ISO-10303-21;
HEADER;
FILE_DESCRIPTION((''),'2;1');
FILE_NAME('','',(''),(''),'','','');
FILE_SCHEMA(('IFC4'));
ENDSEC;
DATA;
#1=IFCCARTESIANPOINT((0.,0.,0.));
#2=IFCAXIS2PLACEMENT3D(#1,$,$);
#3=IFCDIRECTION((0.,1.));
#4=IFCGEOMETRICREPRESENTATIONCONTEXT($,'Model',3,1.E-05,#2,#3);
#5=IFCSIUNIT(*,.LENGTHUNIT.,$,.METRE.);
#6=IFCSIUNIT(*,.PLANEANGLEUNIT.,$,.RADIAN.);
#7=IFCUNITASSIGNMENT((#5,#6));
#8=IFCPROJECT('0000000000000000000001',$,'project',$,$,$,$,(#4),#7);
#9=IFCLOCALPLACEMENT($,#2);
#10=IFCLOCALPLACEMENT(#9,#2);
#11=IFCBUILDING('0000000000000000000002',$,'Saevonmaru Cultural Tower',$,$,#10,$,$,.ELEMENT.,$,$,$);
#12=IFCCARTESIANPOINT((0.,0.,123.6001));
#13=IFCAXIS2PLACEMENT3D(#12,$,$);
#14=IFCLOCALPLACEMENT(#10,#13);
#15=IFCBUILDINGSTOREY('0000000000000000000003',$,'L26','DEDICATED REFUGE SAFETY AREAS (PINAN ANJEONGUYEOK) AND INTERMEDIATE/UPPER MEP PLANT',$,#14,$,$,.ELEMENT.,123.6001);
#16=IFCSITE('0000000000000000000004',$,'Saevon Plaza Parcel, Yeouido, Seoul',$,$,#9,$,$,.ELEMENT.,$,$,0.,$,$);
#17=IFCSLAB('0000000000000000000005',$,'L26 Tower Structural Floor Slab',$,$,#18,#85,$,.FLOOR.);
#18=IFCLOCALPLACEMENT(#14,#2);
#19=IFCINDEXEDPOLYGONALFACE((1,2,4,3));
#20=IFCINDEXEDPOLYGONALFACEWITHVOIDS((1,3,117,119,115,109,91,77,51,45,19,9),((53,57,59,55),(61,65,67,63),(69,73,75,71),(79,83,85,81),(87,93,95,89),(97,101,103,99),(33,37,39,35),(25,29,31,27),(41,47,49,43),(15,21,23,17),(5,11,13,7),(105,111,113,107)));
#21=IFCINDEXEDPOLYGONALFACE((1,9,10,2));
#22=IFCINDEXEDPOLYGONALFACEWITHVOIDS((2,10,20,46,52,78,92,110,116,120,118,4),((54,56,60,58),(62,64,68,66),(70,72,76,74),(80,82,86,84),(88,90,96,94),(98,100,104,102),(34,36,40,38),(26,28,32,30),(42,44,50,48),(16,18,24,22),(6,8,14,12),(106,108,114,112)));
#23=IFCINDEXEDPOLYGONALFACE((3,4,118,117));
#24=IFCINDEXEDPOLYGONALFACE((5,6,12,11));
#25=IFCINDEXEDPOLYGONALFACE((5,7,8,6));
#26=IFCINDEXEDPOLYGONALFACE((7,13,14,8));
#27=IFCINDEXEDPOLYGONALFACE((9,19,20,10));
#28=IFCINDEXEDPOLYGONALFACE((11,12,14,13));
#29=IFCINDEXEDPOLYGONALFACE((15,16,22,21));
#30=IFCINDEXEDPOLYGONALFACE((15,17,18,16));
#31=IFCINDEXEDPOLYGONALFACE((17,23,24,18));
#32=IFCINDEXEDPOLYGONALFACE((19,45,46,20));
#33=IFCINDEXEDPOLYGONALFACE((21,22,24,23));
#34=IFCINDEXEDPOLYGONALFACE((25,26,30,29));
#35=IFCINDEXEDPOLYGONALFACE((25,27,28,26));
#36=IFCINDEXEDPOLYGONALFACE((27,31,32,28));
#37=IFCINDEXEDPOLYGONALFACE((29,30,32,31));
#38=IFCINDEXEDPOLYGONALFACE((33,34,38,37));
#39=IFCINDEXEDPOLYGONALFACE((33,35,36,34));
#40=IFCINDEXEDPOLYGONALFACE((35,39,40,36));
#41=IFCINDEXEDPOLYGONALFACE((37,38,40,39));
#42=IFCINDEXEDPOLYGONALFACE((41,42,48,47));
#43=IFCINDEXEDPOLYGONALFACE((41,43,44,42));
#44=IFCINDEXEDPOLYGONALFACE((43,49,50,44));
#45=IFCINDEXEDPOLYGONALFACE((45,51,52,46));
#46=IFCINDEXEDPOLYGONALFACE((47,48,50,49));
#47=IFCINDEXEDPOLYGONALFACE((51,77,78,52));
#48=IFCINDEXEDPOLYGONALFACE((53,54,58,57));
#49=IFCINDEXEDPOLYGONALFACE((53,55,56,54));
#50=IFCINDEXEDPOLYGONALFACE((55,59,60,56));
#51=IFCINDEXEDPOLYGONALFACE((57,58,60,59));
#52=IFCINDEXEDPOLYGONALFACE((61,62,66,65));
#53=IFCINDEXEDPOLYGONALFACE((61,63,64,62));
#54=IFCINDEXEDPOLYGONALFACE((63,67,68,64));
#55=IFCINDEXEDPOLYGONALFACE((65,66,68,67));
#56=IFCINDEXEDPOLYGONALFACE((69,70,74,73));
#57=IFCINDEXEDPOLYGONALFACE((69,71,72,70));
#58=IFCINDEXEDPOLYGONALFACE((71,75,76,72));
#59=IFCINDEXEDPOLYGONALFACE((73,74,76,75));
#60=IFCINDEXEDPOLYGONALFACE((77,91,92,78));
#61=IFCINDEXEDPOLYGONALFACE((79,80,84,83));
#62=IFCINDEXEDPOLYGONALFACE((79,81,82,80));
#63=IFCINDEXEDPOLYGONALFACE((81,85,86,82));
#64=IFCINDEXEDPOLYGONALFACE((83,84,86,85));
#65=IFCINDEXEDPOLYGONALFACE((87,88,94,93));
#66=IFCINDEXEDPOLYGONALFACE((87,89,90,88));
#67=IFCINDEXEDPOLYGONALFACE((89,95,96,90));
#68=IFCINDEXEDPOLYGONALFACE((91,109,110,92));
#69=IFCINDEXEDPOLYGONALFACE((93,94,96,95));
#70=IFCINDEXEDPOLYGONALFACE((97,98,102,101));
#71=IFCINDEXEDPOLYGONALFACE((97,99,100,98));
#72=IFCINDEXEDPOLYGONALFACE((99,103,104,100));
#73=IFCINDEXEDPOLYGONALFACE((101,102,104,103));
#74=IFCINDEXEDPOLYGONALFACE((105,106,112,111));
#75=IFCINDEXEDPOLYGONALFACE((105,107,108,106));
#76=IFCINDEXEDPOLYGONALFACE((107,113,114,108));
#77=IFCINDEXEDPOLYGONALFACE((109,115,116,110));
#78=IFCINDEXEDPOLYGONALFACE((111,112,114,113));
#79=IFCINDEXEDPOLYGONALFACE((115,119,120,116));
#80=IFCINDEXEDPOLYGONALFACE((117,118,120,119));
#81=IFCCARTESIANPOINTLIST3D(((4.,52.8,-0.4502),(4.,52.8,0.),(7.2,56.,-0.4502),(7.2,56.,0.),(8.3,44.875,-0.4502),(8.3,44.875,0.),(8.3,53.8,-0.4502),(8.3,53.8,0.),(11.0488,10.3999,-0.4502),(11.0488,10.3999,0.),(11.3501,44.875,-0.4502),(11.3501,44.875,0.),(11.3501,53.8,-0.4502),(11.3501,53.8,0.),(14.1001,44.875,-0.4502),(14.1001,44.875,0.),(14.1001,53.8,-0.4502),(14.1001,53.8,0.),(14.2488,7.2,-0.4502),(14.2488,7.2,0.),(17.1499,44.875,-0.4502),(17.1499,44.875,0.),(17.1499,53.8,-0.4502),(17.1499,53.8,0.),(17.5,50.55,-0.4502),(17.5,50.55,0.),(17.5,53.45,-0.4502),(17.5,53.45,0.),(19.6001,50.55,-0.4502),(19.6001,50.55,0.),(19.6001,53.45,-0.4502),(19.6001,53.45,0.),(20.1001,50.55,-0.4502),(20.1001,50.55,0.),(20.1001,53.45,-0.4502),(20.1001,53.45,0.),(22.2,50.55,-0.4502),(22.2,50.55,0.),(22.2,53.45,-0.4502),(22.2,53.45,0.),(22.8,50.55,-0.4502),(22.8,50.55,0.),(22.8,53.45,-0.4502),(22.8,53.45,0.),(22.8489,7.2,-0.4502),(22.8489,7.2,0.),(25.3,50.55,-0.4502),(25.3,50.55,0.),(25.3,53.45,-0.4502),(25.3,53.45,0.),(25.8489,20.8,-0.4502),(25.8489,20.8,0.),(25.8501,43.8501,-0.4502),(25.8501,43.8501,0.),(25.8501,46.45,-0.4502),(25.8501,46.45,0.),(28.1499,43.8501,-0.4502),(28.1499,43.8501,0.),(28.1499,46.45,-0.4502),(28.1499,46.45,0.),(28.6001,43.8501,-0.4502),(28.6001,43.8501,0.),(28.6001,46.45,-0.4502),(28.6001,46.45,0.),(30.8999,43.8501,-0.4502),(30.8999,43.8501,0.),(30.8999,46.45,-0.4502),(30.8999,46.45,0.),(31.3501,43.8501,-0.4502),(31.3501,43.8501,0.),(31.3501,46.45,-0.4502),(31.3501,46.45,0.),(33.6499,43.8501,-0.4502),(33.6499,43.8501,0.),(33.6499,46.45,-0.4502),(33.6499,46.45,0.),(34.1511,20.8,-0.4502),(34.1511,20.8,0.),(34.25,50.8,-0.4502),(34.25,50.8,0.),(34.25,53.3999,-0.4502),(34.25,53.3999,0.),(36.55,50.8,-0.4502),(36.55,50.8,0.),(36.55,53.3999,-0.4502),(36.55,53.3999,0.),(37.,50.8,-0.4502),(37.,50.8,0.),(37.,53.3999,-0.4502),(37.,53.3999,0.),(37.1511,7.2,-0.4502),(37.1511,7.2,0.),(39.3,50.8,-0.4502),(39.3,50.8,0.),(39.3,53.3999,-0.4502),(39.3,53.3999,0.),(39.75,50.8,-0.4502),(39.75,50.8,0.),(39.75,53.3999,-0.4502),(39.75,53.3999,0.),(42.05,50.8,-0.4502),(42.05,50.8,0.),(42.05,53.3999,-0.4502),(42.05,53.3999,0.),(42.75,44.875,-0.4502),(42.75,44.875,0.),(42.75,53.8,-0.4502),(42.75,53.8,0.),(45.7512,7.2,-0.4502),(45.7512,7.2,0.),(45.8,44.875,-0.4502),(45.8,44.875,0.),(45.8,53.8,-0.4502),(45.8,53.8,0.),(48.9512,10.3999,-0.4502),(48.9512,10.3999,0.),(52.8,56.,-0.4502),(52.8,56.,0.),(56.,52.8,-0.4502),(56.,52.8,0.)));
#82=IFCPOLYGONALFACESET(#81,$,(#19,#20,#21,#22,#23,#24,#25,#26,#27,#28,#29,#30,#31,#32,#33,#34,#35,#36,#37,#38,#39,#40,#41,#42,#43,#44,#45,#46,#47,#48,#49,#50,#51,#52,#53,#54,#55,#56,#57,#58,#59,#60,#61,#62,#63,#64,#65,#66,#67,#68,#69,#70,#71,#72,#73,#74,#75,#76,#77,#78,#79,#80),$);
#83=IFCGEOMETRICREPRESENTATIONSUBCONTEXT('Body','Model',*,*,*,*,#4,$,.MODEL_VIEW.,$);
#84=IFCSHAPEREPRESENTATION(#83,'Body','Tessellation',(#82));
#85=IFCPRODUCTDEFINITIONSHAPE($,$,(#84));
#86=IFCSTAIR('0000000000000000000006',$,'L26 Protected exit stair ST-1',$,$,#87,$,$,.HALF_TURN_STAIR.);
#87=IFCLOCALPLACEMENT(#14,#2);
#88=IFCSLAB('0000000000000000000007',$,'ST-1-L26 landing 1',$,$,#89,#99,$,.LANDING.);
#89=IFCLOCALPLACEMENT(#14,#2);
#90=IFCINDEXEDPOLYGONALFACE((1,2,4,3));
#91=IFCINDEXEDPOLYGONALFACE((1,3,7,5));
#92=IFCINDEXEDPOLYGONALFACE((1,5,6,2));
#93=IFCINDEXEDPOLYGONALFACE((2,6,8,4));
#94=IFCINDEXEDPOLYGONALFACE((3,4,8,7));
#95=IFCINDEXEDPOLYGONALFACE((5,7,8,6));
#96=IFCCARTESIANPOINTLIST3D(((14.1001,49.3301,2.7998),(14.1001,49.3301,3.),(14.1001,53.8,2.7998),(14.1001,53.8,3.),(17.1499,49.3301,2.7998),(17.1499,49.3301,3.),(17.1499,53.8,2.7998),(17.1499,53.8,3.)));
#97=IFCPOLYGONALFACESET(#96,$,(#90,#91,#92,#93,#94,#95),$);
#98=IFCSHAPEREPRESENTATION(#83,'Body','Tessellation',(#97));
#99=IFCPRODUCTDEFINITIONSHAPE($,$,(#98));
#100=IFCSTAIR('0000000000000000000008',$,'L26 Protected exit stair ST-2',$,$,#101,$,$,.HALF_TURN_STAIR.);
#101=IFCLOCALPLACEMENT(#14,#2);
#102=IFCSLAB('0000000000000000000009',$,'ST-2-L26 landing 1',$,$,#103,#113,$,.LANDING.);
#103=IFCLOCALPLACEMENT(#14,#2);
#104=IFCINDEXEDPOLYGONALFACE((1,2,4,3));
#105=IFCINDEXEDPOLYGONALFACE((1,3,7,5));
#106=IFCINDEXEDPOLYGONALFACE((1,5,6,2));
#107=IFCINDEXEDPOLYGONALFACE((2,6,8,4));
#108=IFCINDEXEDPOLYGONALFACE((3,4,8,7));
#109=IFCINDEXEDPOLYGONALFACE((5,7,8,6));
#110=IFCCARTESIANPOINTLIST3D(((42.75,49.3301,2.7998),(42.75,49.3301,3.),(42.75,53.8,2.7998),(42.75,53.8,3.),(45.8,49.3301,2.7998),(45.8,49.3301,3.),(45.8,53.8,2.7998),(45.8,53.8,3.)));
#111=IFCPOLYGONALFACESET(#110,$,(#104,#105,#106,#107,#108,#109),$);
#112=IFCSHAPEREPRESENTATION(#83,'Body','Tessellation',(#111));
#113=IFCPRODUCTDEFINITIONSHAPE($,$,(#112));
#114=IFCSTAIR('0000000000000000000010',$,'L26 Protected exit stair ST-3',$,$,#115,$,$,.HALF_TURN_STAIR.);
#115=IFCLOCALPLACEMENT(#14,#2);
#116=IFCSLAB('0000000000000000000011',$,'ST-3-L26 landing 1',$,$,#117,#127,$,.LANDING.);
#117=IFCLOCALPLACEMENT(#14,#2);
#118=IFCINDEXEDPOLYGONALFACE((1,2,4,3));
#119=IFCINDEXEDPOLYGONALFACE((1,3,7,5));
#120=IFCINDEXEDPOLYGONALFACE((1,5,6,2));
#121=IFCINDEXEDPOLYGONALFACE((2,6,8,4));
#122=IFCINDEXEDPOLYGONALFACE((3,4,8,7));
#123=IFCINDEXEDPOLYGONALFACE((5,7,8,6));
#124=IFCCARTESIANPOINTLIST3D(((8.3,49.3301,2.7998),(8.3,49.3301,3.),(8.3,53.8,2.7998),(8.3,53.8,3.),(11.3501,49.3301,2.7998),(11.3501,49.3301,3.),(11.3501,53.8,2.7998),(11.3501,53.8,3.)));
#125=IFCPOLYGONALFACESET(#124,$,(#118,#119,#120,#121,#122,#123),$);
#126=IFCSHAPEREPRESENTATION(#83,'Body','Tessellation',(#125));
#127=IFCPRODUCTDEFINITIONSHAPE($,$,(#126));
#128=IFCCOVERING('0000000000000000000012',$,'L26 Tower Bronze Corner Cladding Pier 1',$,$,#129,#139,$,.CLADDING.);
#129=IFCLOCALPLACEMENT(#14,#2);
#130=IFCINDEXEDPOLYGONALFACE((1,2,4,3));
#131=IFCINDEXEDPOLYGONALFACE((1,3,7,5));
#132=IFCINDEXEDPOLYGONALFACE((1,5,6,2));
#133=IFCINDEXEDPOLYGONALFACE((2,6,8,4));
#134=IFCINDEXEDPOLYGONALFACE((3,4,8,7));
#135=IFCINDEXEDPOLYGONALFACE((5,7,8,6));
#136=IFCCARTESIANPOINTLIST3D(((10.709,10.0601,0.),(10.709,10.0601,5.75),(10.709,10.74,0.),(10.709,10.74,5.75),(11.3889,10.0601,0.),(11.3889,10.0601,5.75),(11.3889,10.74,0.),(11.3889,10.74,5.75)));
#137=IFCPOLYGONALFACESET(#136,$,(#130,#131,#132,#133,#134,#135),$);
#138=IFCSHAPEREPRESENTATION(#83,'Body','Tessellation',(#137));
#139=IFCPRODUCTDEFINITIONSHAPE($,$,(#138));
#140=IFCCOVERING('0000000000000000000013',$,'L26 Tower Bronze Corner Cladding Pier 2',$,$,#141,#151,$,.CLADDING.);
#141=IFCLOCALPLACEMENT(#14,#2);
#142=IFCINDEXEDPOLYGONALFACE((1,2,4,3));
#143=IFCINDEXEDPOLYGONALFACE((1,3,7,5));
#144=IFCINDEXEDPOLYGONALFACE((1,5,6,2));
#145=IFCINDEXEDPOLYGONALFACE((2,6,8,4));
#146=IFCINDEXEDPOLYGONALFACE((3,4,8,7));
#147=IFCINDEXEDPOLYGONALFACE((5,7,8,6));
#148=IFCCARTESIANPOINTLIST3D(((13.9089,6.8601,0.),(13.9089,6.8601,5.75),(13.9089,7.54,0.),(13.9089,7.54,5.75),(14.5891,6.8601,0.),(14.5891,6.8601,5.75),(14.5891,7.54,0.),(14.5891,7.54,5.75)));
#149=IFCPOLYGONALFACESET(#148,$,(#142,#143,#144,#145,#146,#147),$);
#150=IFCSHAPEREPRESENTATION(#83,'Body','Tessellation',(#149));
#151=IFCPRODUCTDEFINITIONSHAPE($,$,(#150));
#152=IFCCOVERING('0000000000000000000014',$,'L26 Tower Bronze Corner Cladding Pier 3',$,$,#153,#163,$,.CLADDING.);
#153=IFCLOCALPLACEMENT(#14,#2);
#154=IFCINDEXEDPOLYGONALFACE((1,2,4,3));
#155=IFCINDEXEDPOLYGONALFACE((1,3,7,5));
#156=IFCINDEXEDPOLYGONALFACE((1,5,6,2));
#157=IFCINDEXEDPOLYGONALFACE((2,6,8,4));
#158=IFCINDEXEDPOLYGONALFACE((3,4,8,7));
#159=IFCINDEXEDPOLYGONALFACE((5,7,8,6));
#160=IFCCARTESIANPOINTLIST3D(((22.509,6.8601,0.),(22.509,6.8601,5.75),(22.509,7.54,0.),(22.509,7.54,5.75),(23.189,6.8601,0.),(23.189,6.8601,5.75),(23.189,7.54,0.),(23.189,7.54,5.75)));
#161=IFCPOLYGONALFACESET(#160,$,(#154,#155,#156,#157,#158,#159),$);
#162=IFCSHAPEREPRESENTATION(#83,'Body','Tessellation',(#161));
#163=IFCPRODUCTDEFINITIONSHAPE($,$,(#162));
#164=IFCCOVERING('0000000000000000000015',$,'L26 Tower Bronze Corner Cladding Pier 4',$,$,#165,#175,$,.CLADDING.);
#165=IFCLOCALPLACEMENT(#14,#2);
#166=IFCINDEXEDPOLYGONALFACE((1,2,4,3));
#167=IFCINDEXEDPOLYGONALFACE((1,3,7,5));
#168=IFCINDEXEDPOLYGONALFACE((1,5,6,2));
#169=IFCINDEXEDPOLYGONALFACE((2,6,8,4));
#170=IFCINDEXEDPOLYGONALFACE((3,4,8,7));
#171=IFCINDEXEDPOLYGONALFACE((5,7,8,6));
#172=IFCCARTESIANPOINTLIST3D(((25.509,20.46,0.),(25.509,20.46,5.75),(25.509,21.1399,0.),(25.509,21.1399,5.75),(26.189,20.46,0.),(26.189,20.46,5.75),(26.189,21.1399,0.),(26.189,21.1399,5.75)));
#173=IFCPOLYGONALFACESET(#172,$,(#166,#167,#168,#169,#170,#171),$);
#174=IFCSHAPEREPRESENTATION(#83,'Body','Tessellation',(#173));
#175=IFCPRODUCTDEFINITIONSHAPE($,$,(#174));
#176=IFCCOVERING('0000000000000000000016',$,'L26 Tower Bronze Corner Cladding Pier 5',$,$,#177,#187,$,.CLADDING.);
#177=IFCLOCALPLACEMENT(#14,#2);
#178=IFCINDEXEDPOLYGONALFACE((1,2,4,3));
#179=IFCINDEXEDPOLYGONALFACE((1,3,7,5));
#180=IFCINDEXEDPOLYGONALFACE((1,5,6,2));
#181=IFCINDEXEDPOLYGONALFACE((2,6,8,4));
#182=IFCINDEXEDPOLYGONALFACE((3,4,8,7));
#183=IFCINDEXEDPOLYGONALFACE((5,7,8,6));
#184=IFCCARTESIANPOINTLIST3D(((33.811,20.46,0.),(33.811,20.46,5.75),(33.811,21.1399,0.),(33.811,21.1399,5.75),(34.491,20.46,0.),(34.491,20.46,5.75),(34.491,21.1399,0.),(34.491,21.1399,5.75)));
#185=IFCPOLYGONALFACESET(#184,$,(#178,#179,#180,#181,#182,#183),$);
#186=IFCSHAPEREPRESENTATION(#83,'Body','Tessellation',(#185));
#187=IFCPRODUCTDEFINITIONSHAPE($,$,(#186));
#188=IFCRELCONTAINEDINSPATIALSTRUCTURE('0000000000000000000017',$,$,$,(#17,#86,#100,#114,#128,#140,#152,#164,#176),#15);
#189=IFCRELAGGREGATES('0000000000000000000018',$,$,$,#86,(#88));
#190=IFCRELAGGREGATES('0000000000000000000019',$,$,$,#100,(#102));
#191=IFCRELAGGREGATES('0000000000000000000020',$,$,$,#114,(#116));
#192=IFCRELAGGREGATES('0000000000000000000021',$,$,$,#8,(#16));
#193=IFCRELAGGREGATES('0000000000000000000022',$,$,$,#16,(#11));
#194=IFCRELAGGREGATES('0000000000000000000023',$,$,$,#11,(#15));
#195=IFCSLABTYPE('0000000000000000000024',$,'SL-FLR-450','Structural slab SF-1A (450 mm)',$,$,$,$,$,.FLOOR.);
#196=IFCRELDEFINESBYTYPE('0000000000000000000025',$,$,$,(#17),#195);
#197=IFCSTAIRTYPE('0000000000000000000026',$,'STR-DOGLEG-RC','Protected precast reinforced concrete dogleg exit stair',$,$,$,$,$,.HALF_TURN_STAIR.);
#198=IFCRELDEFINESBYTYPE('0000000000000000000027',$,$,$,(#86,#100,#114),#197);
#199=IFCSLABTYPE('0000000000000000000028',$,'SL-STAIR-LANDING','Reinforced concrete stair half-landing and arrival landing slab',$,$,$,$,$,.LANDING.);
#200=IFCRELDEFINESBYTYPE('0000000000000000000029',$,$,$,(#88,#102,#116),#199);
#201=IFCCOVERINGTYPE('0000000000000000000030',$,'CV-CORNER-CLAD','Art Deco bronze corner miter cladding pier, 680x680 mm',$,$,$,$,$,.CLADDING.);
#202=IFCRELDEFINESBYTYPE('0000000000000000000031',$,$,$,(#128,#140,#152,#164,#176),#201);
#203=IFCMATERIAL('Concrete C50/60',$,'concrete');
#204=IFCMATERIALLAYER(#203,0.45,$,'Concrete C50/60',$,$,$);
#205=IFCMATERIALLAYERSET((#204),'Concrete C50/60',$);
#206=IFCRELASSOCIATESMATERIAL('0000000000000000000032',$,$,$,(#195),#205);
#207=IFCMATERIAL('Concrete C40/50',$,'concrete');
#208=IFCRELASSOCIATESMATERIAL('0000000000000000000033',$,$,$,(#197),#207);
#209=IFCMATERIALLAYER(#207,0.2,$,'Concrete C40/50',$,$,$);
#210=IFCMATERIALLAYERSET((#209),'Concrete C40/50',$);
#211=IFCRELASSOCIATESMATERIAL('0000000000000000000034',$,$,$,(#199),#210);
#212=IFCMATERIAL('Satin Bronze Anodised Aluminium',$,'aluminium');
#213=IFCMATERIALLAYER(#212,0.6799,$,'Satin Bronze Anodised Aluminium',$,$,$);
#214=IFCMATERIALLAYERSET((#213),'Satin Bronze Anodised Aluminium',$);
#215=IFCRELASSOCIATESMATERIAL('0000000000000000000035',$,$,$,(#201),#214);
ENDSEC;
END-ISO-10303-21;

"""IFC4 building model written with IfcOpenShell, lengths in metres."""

from ifc_helpers import new_model, si_unit, direction, frame, origin, place, context, subcontext, project, spatial, polyline, outline, extrude, material, layer, layer_set, type_object, element, aggregate, save


model = new_model("IFC4")

# Units and contexts
model_context = context("Model", 3, precision=1e-05, world=origin(), true_north=direction((0.0, 1.0)))
body_context = subcontext(model_context, "Body", "Model", "MODEL_VIEW")
ifc_project = project(units=[si_unit("LENGTHUNIT", "METRE"), si_unit("PLANEANGLEUNIT", "RADIAN")], contexts=[model_context])

# Site, building, storey
site_placement = place(None, origin())
site = spatial("IfcSite", under=ifc_project, at=site_placement, Name="Saevon Plaza Parcel, Yeouido, Seoul", CompositionType="ELEMENT", RefElevation=0.0)
building_placement = place(site_placement, origin())
building = spatial("IfcBuilding", under=site, at=building_placement, Name="Saevonmaru Cultural Tower", CompositionType="ELEMENT")
storey_placement = place(building_placement, frame((0.0, 0.0, 123.6001)))
storey = spatial("IfcBuildingStorey", under=building, at=storey_placement, Name="L26", Description="DEDICATED REFUGE SAFETY AREAS (PINAN ANJEONGUYEOK) AND INTERMEDIATE/UPPER MEP PLANT", CompositionType="ELEMENT", Elevation=123.6001)

# Shared definitions
ifc_material_1 = material(Name="Satin Bronze Anodised Aluminium", Category="aluminium")

# Slab
ifc_material_2 = material(Name="Concrete C50/60", Category="concrete")
ifc_layer_1 = layer(ifc_material_2, 0.45, Name="Concrete C50/60")
ifc_layer_set_1 = layer_set([ifc_layer_1], Name="Concrete C50/60")
slab_type_1 = type_object("IfcSlabType", Name="SL-FLR-450", Description="Structural slab SF-1A (450 mm)", PredefinedType="FLOOR", material=ifc_layer_set_1)
slab_1_placement = place(storey_placement, frame((0.0, 0.0, -0.4502)))
element("IfcSlab", 1, at=slab_1_placement, inside=storey, type_object=slab_type_1, Name="L26 Tower Structural Floor Slab", PredefinedType="FLOOR", context=body_context, shape_type="SweptSolid", body=[
    extrude(outline(polyline([(11.0488, 10.3999), (14.2488, 7.2), (22.8489, 7.2), (25.8489, 20.8), (34.1511, 20.8), (37.1511, 7.2), (45.7512, 7.2), (48.9512, 10.3999), (56.0, 52.8), (52.8, 56.0), (7.2, 56.0), (4.0, 52.8), (11.0488, 10.3999)]), holes=[polyline([(45.8, 44.875), (42.75, 44.875), (42.75, 53.8), (45.8, 53.8), (45.8, 44.875)]), polyline([(39.75, 50.8), (39.75, 53.3999), (42.05, 53.3999), (42.05, 50.8), (39.75, 50.8)]), polyline([(37.0, 50.8), (37.0, 53.3999), (39.3, 53.3999), (39.3, 50.8), (37.0, 50.8)]), polyline([(36.55, 50.8), (34.25, 50.8), (34.25, 53.3999), (36.55, 53.3999), (36.55, 50.8)]), polyline([(31.3501, 43.8501), (31.3501, 46.45), (33.6499, 46.45), (33.6499, 43.8501), (31.3501, 43.8501)]), polyline([(30.8999, 43.8501), (28.6001, 43.8501), (28.6001, 46.45), (30.8999, 46.45), (30.8999, 43.8501)]), polyline([(28.1499, 43.8501), (25.8501, 43.8501), (25.8501, 46.45), (28.1499, 46.45), (28.1499, 43.8501)]), polyline([(22.8, 50.55), (22.8, 53.45), (25.3, 53.45), (25.3, 50.55), (22.8, 50.55)]), polyline([(20.1001, 50.55), (20.1001, 53.45), (22.2, 53.45), (22.2, 50.55), (20.1001, 50.55)]), polyline([(19.6001, 50.55), (17.5, 50.55), (17.5, 53.45), (19.6001, 53.45), (19.6001, 50.55)]), polyline([(17.1499, 44.875), (14.1001, 44.875), (14.1001, 53.8), (17.1499, 53.8), (17.1499, 44.875)]), polyline([(11.3501, 44.875), (8.3, 44.875), (8.3, 53.8), (11.3501, 53.8), (11.3501, 44.875)])]), origin(), (0.0, 0.0, 1.0), 0.4502),
])

# Stairs, slabs
ifc_material_3 = material(Name="Concrete C40/50", Category="concrete")
stair_type = type_object("IfcStairType", Name="STR-DOGLEG-RC", Description="Protected precast reinforced concrete dogleg exit stair", PredefinedType="HALF_TURN_STAIR", material=ifc_material_3)
stair_1_placement = place(storey_placement, origin())
stair_1 = element("IfcStair", 2, at=stair_1_placement, inside=storey, type_object=stair_type, Name="L26 Protected exit stair ST-1", PredefinedType="HALF_TURN_STAIR")
ifc_layer_2 = layer(ifc_material_3, 0.2, Name="Concrete C40/50")
ifc_layer_set_2 = layer_set([ifc_layer_2], Name="Concrete C40/50")
slab_type_2 = type_object("IfcSlabType", Name="SL-STAIR-LANDING", Description="Reinforced concrete stair half-landing and arrival landing slab", PredefinedType="LANDING", material=ifc_layer_set_2)
slab_2_placement = place(storey_placement, frame((0.0, 0.0, 2.7998)))
slab_2 = element("IfcSlab", 3, at=slab_2_placement, type_object=slab_type_2, Name="ST-1-L26 landing 1", PredefinedType="LANDING", context=body_context, shape_type="SweptSolid", body=[
    extrude(outline(polyline([(17.1499, 49.3301), (17.1499, 53.8), (14.1001, 53.8), (14.1001, 49.3301), (17.1499, 49.3301)])), origin(), (0.0, 0.0, 1.0), 0.2002),
])
aggregate(stair_1, [slab_2])
stair_2_placement = place(storey_placement, origin())
stair_2 = element("IfcStair", 4, at=stair_2_placement, inside=storey, type_object=stair_type, Name="L26 Protected exit stair ST-2", PredefinedType="HALF_TURN_STAIR")
slab_3_placement = place(storey_placement, frame((0.0, 0.0, 2.7998)))
slab_3 = element("IfcSlab", 5, at=slab_3_placement, type_object=slab_type_2, Name="ST-2-L26 landing 1", PredefinedType="LANDING", context=body_context, shape_type="SweptSolid", body=[
    extrude(outline(polyline([(45.8, 49.3301), (45.8, 53.8), (42.75, 53.8), (42.75, 49.3301), (45.8, 49.3301)])), origin(), (0.0, 0.0, 1.0), 0.2002),
])
aggregate(stair_2, [slab_3])
stair_3_placement = place(storey_placement, origin())
stair_3 = element("IfcStair", 6, at=stair_3_placement, inside=storey, type_object=stair_type, Name="L26 Protected exit stair ST-3", PredefinedType="HALF_TURN_STAIR")
slab_4_placement = place(storey_placement, frame((0.0, 0.0, 2.7998)))
slab_4 = element("IfcSlab", 7, at=slab_4_placement, type_object=slab_type_2, Name="ST-3-L26 landing 1", PredefinedType="LANDING", context=body_context, shape_type="SweptSolid", body=[
    extrude(outline(polyline([(11.3501, 49.3301), (11.3501, 53.8), (8.3, 53.8), (8.3, 49.3301), (11.3501, 49.3301)])), origin(), (0.0, 0.0, 1.0), 0.2002),
])
aggregate(stair_3, [slab_4])

# Coverings
ifc_layer_3 = layer(ifc_material_1, 0.6799, Name="Satin Bronze Anodised Aluminium")
ifc_layer_set_3 = layer_set([ifc_layer_3], Name="Satin Bronze Anodised Aluminium")
covering_type = type_object("IfcCoveringType", Name="CV-CORNER-CLAD", Description="Art Deco bronze corner miter cladding pier, 680x680 mm", PredefinedType="CLADDING", material=ifc_layer_set_3)
covering_1_placement = place(storey_placement, origin())
element("IfcCovering", 8, at=covering_1_placement, inside=storey, type_object=covering_type, Name="L26 Tower Bronze Corner Cladding Pier 1", PredefinedType="CLADDING", context=body_context, shape_type="SweptSolid", body=[
    extrude(outline(polyline([(10.709, 10.0601), (11.3889, 10.0601), (11.3889, 10.74), (10.709, 10.74), (10.709, 10.0601)])), origin(), (0.0, 0.0, 1.0), 5.75),
])
covering_2_placement = place(storey_placement, origin())
element("IfcCovering", 9, at=covering_2_placement, inside=storey, type_object=covering_type, Name="L26 Tower Bronze Corner Cladding Pier 2", PredefinedType="CLADDING", context=body_context, shape_type="SweptSolid", body=[
    extrude(outline(polyline([(13.9089, 6.8601), (14.5891, 6.8601), (14.5891, 7.54), (13.9089, 7.54), (13.9089, 6.8601)])), origin(), (0.0, 0.0, 1.0), 5.75),
])
covering_3_placement = place(storey_placement, origin())
element("IfcCovering", 10, at=covering_3_placement, inside=storey, type_object=covering_type, Name="L26 Tower Bronze Corner Cladding Pier 3", PredefinedType="CLADDING", context=body_context, shape_type="SweptSolid", body=[
    extrude(outline(polyline([(22.509, 6.8601), (23.189, 6.8601), (23.189, 7.54), (22.509, 7.54), (22.509, 6.8601)])), origin(), (0.0, 0.0, 1.0), 5.75),
])
covering_4_placement = place(storey_placement, origin())
element("IfcCovering", 11, at=covering_4_placement, inside=storey, type_object=covering_type, Name="L26 Tower Bronze Corner Cladding Pier 4", PredefinedType="CLADDING", context=body_context, shape_type="SweptSolid", body=[
    extrude(outline(polyline([(25.509, 20.46), (26.189, 20.46), (26.189, 21.1399), (25.509, 21.1399), (25.509, 20.46)])), origin(), (0.0, 0.0, 1.0), 5.75),
])
covering_5_placement = place(storey_placement, origin())
element("IfcCovering", 12, at=covering_5_placement, inside=storey, type_object=covering_type, Name="L26 Tower Bronze Corner Cladding Pier 5", PredefinedType="CLADDING", context=body_context, shape_type="SweptSolid", body=[
    extrude(outline(polyline([(33.811, 20.46), (34.491, 20.46), (34.491, 21.1399), (33.811, 21.1399), (33.811, 20.46)])), origin(), (0.0, 0.0, 1.0), 5.75),
])

save(model, "model.ifc")
